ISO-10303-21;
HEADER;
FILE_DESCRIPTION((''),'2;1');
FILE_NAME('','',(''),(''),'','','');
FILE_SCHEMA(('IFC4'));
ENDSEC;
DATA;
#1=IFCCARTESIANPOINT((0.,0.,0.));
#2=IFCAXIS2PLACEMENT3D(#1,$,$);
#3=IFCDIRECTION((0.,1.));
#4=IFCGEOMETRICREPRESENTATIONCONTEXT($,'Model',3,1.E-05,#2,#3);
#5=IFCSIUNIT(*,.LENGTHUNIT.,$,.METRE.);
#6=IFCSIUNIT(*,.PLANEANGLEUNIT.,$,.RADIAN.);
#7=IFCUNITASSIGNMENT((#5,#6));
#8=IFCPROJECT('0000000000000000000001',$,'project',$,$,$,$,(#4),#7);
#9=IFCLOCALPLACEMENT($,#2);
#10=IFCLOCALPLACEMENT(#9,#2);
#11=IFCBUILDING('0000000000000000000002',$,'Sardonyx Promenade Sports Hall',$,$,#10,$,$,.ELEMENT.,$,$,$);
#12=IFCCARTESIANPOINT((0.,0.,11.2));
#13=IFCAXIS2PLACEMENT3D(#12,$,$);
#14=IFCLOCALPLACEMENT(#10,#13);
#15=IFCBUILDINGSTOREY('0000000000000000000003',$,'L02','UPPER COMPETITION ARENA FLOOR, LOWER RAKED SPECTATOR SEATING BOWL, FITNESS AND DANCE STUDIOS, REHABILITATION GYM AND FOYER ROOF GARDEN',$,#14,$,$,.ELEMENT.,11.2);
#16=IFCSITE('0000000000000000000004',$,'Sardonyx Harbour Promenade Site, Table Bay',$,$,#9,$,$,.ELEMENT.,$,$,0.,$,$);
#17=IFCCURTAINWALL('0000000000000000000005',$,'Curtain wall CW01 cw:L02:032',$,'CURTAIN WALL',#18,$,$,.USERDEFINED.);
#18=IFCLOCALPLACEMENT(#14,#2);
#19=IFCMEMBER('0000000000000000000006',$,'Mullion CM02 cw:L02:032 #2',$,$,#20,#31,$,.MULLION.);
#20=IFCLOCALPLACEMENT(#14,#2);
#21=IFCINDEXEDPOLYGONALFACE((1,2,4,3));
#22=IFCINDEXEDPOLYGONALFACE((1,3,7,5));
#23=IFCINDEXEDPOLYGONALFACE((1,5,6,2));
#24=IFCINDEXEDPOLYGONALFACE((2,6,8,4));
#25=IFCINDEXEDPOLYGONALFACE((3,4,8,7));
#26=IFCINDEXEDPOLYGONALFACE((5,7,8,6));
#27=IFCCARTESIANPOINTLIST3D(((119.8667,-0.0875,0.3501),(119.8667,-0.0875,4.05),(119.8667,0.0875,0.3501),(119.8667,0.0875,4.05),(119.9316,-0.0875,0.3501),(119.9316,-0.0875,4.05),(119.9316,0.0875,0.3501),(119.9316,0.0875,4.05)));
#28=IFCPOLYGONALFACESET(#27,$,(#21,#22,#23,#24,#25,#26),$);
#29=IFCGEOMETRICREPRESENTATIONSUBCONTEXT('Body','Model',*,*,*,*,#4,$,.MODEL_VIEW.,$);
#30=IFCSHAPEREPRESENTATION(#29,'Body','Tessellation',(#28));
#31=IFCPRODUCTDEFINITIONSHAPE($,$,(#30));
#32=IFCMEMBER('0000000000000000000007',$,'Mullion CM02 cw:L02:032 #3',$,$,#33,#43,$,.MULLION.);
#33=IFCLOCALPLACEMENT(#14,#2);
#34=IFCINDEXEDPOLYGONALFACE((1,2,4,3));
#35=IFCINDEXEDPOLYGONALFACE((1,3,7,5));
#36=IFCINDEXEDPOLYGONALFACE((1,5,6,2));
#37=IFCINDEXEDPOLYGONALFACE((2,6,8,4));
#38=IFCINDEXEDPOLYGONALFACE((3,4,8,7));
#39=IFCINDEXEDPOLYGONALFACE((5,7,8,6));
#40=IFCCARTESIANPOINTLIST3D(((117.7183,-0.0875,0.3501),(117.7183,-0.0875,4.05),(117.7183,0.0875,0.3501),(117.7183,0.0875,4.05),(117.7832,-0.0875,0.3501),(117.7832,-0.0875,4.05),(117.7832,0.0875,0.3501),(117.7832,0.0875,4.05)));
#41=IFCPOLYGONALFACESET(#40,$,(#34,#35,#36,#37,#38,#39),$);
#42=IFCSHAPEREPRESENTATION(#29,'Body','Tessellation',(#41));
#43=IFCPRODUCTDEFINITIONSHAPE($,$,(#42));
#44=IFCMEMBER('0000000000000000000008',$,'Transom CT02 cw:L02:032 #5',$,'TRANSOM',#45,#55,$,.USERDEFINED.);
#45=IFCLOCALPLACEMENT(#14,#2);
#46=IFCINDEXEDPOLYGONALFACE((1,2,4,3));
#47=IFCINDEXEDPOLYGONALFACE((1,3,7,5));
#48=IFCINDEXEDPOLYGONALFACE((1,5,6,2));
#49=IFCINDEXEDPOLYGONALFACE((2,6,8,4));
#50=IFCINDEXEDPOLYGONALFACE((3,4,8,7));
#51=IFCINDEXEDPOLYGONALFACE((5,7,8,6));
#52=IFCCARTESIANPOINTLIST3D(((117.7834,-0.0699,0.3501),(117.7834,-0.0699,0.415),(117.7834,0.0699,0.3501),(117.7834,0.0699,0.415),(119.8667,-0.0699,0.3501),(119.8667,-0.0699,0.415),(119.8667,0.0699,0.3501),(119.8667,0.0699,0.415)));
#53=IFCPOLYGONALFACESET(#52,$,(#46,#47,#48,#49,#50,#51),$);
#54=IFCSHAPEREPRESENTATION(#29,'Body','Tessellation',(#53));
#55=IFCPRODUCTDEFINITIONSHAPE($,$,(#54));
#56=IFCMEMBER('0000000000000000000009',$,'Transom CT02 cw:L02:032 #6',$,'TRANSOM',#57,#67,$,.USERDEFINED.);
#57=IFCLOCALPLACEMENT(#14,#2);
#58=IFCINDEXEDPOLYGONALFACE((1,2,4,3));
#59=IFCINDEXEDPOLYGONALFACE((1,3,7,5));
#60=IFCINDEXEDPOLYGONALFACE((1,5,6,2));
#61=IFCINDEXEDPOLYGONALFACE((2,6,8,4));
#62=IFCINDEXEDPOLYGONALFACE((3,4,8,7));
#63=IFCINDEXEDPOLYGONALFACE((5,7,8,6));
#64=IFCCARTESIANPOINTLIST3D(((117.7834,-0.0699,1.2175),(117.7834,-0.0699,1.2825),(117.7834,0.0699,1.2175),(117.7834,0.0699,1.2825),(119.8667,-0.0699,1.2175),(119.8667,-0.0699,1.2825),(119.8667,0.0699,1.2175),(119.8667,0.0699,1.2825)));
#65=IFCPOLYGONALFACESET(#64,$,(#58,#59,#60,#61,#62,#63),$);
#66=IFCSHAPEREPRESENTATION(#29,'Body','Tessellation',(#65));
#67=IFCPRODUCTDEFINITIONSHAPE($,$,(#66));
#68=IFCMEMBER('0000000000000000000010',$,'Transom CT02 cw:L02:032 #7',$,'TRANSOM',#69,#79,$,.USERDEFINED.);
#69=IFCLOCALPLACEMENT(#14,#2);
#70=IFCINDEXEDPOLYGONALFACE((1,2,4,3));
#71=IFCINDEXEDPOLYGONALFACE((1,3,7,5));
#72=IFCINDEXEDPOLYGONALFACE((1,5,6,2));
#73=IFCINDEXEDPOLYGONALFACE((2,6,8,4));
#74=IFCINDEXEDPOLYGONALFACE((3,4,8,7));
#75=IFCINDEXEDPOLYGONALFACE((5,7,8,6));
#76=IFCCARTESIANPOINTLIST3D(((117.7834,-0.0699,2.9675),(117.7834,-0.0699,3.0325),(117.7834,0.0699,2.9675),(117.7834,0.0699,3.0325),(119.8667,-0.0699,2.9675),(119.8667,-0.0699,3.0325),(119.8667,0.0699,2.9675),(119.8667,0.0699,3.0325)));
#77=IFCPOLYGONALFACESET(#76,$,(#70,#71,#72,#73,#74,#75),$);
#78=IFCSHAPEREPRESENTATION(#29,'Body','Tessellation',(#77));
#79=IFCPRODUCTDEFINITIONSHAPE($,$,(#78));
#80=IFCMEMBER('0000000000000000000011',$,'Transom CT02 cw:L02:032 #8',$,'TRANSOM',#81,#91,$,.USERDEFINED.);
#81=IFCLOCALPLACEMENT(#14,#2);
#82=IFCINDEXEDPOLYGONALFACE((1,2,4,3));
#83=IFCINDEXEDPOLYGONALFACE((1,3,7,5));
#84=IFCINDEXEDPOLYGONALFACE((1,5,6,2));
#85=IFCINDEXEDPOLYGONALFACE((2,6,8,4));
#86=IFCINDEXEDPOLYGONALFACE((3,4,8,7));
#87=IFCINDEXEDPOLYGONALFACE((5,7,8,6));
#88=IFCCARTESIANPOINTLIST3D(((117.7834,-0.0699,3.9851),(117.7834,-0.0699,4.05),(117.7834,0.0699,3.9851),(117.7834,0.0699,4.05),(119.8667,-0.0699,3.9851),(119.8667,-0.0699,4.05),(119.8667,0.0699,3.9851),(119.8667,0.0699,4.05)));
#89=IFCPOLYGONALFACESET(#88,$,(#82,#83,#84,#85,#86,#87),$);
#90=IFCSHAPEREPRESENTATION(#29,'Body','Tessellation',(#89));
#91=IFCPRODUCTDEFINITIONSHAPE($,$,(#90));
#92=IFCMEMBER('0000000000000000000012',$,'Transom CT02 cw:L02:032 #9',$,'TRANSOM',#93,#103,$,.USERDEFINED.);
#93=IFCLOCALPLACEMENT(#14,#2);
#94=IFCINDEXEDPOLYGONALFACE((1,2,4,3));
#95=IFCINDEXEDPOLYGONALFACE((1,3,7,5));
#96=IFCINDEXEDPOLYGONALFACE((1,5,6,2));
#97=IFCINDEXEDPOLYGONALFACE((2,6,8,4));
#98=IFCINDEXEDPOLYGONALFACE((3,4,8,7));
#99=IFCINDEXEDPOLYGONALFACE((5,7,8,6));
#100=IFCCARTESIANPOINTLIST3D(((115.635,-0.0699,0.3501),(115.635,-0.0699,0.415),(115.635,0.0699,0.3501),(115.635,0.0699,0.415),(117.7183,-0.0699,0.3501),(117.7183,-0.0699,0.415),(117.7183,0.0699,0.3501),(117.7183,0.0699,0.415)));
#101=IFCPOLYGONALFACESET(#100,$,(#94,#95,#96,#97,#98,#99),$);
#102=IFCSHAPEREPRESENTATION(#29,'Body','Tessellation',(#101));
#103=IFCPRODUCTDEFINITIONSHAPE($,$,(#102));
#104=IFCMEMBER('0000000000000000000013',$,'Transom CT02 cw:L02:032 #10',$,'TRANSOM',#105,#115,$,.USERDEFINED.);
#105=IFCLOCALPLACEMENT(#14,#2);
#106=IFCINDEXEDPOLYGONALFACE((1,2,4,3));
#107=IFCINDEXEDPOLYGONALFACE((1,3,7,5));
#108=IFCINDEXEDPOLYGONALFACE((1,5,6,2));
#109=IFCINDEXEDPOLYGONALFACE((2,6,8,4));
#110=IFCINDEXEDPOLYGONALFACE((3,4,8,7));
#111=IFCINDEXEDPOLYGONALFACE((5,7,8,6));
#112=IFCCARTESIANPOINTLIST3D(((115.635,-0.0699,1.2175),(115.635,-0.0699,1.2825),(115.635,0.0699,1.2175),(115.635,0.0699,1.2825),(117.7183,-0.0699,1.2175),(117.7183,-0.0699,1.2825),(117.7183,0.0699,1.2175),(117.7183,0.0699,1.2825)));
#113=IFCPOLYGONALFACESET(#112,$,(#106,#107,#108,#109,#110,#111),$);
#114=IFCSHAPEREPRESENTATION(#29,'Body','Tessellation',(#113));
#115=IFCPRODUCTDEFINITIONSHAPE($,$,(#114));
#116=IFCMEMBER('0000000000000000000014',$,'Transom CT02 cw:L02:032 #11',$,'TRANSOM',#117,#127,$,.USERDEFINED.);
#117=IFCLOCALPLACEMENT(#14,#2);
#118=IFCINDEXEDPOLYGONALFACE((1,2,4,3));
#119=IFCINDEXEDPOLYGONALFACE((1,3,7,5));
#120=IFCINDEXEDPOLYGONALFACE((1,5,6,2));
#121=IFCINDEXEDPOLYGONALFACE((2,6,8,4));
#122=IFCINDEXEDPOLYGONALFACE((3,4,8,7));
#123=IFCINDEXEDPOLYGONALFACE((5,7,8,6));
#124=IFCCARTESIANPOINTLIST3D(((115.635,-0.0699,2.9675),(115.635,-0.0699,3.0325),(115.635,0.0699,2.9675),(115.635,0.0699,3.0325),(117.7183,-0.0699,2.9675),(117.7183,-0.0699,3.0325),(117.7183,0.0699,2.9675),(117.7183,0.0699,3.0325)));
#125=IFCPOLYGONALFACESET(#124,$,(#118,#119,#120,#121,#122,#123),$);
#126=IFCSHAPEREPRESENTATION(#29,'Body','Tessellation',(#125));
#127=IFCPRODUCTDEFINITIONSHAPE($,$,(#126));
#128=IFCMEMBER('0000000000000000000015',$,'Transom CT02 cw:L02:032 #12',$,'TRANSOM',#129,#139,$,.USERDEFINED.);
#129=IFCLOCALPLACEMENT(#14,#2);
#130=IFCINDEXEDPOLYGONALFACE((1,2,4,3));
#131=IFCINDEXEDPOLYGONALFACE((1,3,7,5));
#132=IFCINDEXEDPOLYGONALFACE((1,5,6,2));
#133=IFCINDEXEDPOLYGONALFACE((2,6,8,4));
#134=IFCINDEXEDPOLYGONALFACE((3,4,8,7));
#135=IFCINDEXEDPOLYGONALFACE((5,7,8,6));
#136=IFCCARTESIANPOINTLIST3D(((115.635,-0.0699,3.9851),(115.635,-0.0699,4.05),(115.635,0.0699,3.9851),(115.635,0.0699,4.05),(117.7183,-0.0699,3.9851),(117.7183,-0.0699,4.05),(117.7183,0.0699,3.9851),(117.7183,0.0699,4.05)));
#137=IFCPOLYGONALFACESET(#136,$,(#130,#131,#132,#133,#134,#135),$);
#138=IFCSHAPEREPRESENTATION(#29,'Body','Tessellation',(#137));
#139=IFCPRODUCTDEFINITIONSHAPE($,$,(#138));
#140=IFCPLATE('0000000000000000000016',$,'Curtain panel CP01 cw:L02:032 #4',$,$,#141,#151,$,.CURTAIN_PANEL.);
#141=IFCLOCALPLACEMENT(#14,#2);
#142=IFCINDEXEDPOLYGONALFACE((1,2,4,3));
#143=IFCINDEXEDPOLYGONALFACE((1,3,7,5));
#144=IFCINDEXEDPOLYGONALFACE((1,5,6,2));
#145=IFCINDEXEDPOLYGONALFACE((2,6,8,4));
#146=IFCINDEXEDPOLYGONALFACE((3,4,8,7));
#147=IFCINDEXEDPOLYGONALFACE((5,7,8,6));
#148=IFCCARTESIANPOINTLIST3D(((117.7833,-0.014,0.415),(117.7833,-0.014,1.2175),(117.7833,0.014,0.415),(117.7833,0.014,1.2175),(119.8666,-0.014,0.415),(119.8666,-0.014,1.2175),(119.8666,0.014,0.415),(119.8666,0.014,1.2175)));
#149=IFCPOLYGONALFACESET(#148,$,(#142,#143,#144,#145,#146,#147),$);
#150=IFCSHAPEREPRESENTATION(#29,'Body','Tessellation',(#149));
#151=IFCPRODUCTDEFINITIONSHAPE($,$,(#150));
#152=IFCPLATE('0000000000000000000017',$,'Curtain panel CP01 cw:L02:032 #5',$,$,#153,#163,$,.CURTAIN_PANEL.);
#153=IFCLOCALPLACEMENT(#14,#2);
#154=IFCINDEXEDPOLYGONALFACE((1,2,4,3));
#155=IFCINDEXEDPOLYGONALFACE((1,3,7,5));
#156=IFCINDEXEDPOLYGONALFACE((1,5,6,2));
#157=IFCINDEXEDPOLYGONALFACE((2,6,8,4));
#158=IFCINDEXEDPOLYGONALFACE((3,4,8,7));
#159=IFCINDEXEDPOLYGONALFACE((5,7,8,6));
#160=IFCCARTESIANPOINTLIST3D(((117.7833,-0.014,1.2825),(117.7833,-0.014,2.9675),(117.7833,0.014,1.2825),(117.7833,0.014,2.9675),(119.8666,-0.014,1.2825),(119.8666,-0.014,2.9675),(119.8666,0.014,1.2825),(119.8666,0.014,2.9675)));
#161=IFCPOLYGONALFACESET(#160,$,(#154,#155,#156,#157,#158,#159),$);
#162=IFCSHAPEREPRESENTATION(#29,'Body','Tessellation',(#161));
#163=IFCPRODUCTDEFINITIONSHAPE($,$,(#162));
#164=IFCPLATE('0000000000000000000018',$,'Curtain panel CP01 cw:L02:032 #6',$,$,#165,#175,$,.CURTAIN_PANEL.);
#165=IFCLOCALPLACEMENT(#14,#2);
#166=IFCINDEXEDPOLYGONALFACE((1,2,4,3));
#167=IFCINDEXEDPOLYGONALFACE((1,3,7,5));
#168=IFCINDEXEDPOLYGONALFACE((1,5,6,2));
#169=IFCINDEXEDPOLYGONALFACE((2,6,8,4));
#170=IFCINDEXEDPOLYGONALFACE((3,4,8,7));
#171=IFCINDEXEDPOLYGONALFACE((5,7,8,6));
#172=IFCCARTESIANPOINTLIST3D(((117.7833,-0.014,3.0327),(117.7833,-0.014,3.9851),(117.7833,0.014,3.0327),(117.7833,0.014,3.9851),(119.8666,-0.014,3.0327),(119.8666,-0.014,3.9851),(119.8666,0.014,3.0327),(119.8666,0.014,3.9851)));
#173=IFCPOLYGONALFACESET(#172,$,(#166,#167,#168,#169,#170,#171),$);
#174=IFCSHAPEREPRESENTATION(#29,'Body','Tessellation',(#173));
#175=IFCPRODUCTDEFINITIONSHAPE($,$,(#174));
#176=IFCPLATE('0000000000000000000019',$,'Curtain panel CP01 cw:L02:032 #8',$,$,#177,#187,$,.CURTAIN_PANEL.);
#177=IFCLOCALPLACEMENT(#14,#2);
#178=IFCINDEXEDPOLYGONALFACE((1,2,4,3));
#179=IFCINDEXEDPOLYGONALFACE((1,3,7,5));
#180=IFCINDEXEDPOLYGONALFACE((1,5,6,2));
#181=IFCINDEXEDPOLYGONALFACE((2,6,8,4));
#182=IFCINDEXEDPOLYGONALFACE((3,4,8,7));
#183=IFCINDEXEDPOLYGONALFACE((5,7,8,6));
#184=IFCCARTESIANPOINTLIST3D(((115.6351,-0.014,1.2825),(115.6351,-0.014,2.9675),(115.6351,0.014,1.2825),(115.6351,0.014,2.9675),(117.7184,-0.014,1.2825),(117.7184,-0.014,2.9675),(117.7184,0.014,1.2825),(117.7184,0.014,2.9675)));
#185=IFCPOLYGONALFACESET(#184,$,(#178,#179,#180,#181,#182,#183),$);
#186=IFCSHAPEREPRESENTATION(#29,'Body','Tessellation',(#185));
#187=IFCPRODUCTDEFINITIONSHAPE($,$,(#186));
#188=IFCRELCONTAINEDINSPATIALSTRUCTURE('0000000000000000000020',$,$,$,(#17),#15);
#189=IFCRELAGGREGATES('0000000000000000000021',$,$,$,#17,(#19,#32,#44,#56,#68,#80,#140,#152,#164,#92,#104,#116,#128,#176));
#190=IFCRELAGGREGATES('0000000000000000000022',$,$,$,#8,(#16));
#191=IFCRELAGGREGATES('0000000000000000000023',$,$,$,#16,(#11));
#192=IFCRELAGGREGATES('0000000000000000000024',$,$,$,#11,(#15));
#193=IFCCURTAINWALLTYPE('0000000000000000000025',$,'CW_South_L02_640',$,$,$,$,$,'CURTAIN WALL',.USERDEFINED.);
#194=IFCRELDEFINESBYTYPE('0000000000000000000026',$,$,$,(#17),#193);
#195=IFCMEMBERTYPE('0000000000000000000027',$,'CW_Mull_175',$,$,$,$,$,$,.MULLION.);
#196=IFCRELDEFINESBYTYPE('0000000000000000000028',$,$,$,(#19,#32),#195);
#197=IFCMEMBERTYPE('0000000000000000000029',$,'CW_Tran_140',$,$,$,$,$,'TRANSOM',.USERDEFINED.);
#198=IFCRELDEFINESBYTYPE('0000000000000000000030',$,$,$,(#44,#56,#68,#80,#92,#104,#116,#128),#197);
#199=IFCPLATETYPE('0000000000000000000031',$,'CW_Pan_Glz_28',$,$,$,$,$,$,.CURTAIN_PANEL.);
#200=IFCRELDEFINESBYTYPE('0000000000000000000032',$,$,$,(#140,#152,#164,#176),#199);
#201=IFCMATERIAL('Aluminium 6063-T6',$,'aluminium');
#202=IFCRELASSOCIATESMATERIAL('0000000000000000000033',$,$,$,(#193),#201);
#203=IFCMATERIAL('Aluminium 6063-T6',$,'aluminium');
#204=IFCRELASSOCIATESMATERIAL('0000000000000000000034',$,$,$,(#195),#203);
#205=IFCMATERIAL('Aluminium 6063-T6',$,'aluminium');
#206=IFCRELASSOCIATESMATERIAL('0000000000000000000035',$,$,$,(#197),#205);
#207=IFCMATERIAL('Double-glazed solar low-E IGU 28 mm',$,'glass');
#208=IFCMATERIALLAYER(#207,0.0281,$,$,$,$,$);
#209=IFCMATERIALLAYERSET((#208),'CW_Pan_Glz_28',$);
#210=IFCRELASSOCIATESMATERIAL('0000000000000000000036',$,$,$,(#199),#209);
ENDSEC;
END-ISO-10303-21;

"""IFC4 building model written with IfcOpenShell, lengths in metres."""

from ifc_helpers import new_model, si_unit, direction, frame, origin, origin_2d, place, context, subcontext, project, spatial, rectangle, extrude, material, layer, layer_set, material_profile, profile_set, type_object, element, aggregate, save


model = new_model("IFC4")

# Units and contexts
model_context = context("Model", 3, precision=1e-05, world=origin(), true_north=direction((0.0, 1.0)))
body_context = subcontext(model_context, "Body", "Model", "MODEL_VIEW")
ifc_project = project(units=[si_unit("LENGTHUNIT", "METRE"), si_unit("PLANEANGLEUNIT", "RADIAN")], contexts=[model_context])

# Site, building, storey
site_placement = place(None, origin())
site = spatial("IfcSite", under=ifc_project, at=site_placement, Name="Sardonyx Harbour Promenade Site, Table Bay", CompositionType="ELEMENT", RefElevation=0.0)
building_placement = place(site_placement, origin())
building = spatial("IfcBuilding", under=site, at=building_placement, Name="Sardonyx Promenade Sports Hall", CompositionType="ELEMENT")
storey_placement = place(building_placement, frame((0.0, 0.0, 11.2)))
storey = spatial("IfcBuildingStorey", under=building, at=storey_placement, Name="L02", Description="UPPER COMPETITION ARENA FLOOR, LOWER RAKED SPECTATOR SEATING BOWL, FITNESS AND DANCE STUDIOS, REHABILITATION GYM AND FOYER ROOF GARDEN", CompositionType="ELEMENT", Elevation=11.2)

# Curtain wall, members, plates
ifc_material_1 = material(Name="Aluminium 6063-T6", Category="aluminium")
curtain_wall_type = type_object("IfcCurtainWallType", Name="CW_South_L02_640", ElementType="CURTAIN WALL", PredefinedType="USERDEFINED", material=ifc_material_1)
curtain_wall_placement = place(storey_placement, origin())
curtain_wall = element("IfcCurtainWall", 1, at=curtain_wall_placement, inside=storey, type_object=curtain_wall_type, Name="Curtain wall CW01 cw:L02:032", ObjectType="CURTAIN WALL", PredefinedType="USERDEFINED")
ifc_material_2 = material(Name="Aluminium 6063-T6", Category="aluminium")
ifc_material_profile_1 = material_profile(ifc_material_2, rectangle(XDim=0.0649, YDim=0.175, at=origin_2d()))
ifc_profile_set_1 = profile_set([ifc_material_profile_1], Name="Aluminium 6063-T6")
member_type_1 = type_object("IfcMemberType", Name="CW_Mull_175", PredefinedType="MULLION", material=ifc_profile_set_1)
member_1_placement = place(storey_placement, frame((119.8992, 0.0, 0.3501), z_axis=(0.0, 0.0, 1.0), x_axis=(-1.0, 0.0, 0.0)))
member_1 = element("IfcMember", 2, at=member_1_placement, type_object=member_type_1, Name="Mullion CM02 cw:L02:032 #2", PredefinedType="MULLION", context=body_context, shape_type="SweptSolid", body=[
    extrude(rectangle(XDim=0.0649, YDim=0.175, at=origin_2d()), origin(), (0.0, 0.0, 1.0), 3.7),
])
member_2_placement = place(storey_placement, frame((117.7507, 0.0, 0.3501), z_axis=(0.0, 0.0, 1.0), x_axis=(-1.0, 0.0, 0.0)))
member_2 = element("IfcMember", 3, at=member_2_placement, type_object=member_type_1, Name="Mullion CM02 cw:L02:032 #3", PredefinedType="MULLION", context=body_context, shape_type="SweptSolid", body=[
    extrude(rectangle(XDim=0.0649, YDim=0.175, at=origin_2d()), origin(), (0.0, 0.0, 1.0), 3.7),
])
ifc_material_3 = material(Name="Aluminium 6063-T6", Category="aluminium")
ifc_material_profile_2 = material_profile(ifc_material_3, rectangle(XDim=0.0649, YDim=0.1399, at=origin_2d()))
ifc_profile_set_2 = profile_set([ifc_material_profile_2], Name="Aluminium 6063-T6")
member_type_2 = type_object("IfcMemberType", Name="CW_Tran_140", ElementType="TRANSOM", PredefinedType="USERDEFINED", material=ifc_profile_set_2)
member_3_placement = place(storey_placement, frame((119.8667, 0.0, 0.3826), z_axis=(-1.0, 0.0, 0.0), x_axis=(0.0, 0.0, 1.0)))
member_3 = element("IfcMember", 4, at=member_3_placement, type_object=member_type_2, Name="Transom CT02 cw:L02:032 #5", ObjectType="TRANSOM", PredefinedType="USERDEFINED", context=body_context, shape_type="SweptSolid", body=[
    extrude(rectangle(XDim=0.0649, YDim=0.1399, at=origin_2d()), origin(), (0.0, 0.0, 1.0), 2.0833),
])
member_4_placement = place(storey_placement, frame((119.8667, 0.0, 1.25), z_axis=(-1.0, 0.0, 0.0), x_axis=(0.0, 0.0, 1.0)))
member_4 = element("IfcMember", 5, at=member_4_placement, type_object=member_type_2, Name="Transom CT02 cw:L02:032 #6", ObjectType="TRANSOM", PredefinedType="USERDEFINED", context=body_context, shape_type="SweptSolid", body=[
    extrude(rectangle(XDim=0.0649, YDim=0.1399, at=origin_2d()), origin(), (0.0, 0.0, 1.0), 2.0833),
])
member_5_placement = place(storey_placement, frame((119.8667, 0.0, 3.0), z_axis=(-1.0, 0.0, 0.0), x_axis=(0.0, 0.0, 1.0)))
member_5 = element("IfcMember", 6, at=member_5_placement, type_object=member_type_2, Name="Transom CT02 cw:L02:032 #7", ObjectType="TRANSOM", PredefinedType="USERDEFINED", context=body_context, shape_type="SweptSolid", body=[
    extrude(rectangle(XDim=0.0649, YDim=0.1399, at=origin_2d()), origin(), (0.0, 0.0, 1.0), 2.0833),
])
member_6_placement = place(storey_placement, frame((119.8667, 0.0, 4.0176), z_axis=(-1.0, 0.0, 0.0), x_axis=(0.0, 0.0, 1.0)))
member_6 = element("IfcMember", 7, at=member_6_placement, type_object=member_type_2, Name="Transom CT02 cw:L02:032 #8", ObjectType="TRANSOM", PredefinedType="USERDEFINED", context=body_context, shape_type="SweptSolid", body=[
    extrude(rectangle(XDim=0.0649, YDim=0.1399, at=origin_2d()), origin(), (0.0, 0.0, 1.0), 2.0833),
])
member_7_placement = place(storey_placement, frame((117.7183, 0.0, 0.3826), z_axis=(-1.0, 0.0, 0.0), x_axis=(0.0, 0.0, 1.0)))
member_7 = element("IfcMember", 8, at=member_7_placement, type_object=member_type_2, Name="Transom CT02 cw:L02:032 #9", ObjectType="TRANSOM", PredefinedType="USERDEFINED", context=body_context, shape_type="SweptSolid", body=[
    extrude(rectangle(XDim=0.0649, YDim=0.1399, at=origin_2d()), origin(), (0.0, 0.0, 1.0), 2.0833),
])
member_8_placement = place(storey_placement, frame((117.7183, 0.0, 1.25), z_axis=(-1.0, 0.0, 0.0), x_axis=(0.0, 0.0, 1.0)))
member_8 = element("IfcMember", 9, at=member_8_placement, type_object=member_type_2, Name="Transom CT02 cw:L02:032 #10", ObjectType="TRANSOM", PredefinedType="USERDEFINED", context=body_context, shape_type="SweptSolid", body=[
    extrude(rectangle(XDim=0.0649, YDim=0.1399, at=origin_2d()), origin(), (0.0, 0.0, 1.0), 2.0833),
])
member_9_placement = place(storey_placement, frame((117.7183, 0.0, 3.0), z_axis=(-1.0, 0.0, 0.0), x_axis=(0.0, 0.0, 1.0)))
member_9 = element("IfcMember", 10, at=member_9_placement, type_object=member_type_2, Name="Transom CT02 cw:L02:032 #11", ObjectType="TRANSOM", PredefinedType="USERDEFINED", context=body_context, shape_type="SweptSolid", body=[
    extrude(rectangle(XDim=0.0649, YDim=0.1399, at=origin_2d()), origin(), (0.0, 0.0, 1.0), 2.0833),
])
member_10_placement = place(storey_placement, frame((117.7183, 0.0, 4.0176), z_axis=(-1.0, 0.0, 0.0), x_axis=(0.0, 0.0, 1.0)))
member_10 = element("IfcMember", 11, at=member_10_placement, type_object=member_type_2, Name="Transom CT02 cw:L02:032 #12", ObjectType="TRANSOM", PredefinedType="USERDEFINED", context=body_context, shape_type="SweptSolid", body=[
    extrude(rectangle(XDim=0.0649, YDim=0.1399, at=origin_2d()), origin(), (0.0, 0.0, 1.0), 2.0833),
])
ifc_material_4 = material(Name="Double-glazed solar low-E IGU 28 mm", Category="glass")
ifc_layer_1 = layer(ifc_material_4, 0.0281)
ifc_layer_set_1 = layer_set([ifc_layer_1], Name="CW_Pan_Glz_28")
plate_type = type_object("IfcPlateType", Name="CW_Pan_Glz_28", PredefinedType="CURTAIN_PANEL", material=ifc_layer_set_1)
plate_1_placement = place(storey_placement, frame((118.825, 0.0, 0.415), z_axis=(0.0, 0.0, 1.0), x_axis=(-1.0, 0.0, 0.0)))
plate_1 = element("IfcPlate", 12, at=plate_1_placement, type_object=plate_type, Name="Curtain panel CP01 cw:L02:032 #4", PredefinedType="CURTAIN_PANEL", context=body_context, shape_type="SweptSolid", body=[
    extrude(rectangle(XDim=2.0833, YDim=0.0281, at=origin_2d()), origin(), (0.0, 0.0, 1.0), 0.8025),
])
plate_2_placement = place(storey_placement, frame((118.825, 0.0, 1.2825), z_axis=(0.0, 0.0, 1.0), x_axis=(-1.0, 0.0, 0.0)))
plate_2 = element("IfcPlate", 13, at=plate_2_placement, type_object=plate_type, Name="Curtain panel CP01 cw:L02:032 #5", PredefinedType="CURTAIN_PANEL", context=body_context, shape_type="SweptSolid", body=[
    extrude(rectangle(XDim=2.0833, YDim=0.0281, at=origin_2d()), origin(), (0.0, 0.0, 1.0), 1.6851),
])
plate_3_placement = place(storey_placement, frame((118.825, 0.0, 3.0327), z_axis=(0.0, 0.0, 1.0), x_axis=(-1.0, 0.0, 0.0)))
plate_3 = element("IfcPlate", 14, at=plate_3_placement, type_object=plate_type, Name="Curtain panel CP01 cw:L02:032 #6", PredefinedType="CURTAIN_PANEL", context=body_context, shape_type="SweptSolid", body=[
    extrude(rectangle(XDim=2.0833, YDim=0.0281, at=origin_2d()), origin(), (0.0, 0.0, 1.0), 0.9524),
])
plate_4_placement = place(storey_placement, frame((116.6768, 0.0, 1.2825), z_axis=(0.0, 0.0, 1.0), x_axis=(-1.0, 0.0, 0.0)))
plate_4 = element("IfcPlate", 15, at=plate_4_placement, type_object=plate_type, Name="Curtain panel CP01 cw:L02:032 #8", PredefinedType="CURTAIN_PANEL", context=body_context, shape_type="SweptSolid", body=[
    extrude(rectangle(XDim=2.0833, YDim=0.0281, at=origin_2d()), origin(), (0.0, 0.0, 1.0), 1.6851),
])
aggregate(curtain_wall, [member_1, member_2, member_3, member_4, member_5, member_6, plate_1, plate_2, plate_3, member_7, member_8, member_9, member_10, plate_4])

save(model, "model.ifc")
